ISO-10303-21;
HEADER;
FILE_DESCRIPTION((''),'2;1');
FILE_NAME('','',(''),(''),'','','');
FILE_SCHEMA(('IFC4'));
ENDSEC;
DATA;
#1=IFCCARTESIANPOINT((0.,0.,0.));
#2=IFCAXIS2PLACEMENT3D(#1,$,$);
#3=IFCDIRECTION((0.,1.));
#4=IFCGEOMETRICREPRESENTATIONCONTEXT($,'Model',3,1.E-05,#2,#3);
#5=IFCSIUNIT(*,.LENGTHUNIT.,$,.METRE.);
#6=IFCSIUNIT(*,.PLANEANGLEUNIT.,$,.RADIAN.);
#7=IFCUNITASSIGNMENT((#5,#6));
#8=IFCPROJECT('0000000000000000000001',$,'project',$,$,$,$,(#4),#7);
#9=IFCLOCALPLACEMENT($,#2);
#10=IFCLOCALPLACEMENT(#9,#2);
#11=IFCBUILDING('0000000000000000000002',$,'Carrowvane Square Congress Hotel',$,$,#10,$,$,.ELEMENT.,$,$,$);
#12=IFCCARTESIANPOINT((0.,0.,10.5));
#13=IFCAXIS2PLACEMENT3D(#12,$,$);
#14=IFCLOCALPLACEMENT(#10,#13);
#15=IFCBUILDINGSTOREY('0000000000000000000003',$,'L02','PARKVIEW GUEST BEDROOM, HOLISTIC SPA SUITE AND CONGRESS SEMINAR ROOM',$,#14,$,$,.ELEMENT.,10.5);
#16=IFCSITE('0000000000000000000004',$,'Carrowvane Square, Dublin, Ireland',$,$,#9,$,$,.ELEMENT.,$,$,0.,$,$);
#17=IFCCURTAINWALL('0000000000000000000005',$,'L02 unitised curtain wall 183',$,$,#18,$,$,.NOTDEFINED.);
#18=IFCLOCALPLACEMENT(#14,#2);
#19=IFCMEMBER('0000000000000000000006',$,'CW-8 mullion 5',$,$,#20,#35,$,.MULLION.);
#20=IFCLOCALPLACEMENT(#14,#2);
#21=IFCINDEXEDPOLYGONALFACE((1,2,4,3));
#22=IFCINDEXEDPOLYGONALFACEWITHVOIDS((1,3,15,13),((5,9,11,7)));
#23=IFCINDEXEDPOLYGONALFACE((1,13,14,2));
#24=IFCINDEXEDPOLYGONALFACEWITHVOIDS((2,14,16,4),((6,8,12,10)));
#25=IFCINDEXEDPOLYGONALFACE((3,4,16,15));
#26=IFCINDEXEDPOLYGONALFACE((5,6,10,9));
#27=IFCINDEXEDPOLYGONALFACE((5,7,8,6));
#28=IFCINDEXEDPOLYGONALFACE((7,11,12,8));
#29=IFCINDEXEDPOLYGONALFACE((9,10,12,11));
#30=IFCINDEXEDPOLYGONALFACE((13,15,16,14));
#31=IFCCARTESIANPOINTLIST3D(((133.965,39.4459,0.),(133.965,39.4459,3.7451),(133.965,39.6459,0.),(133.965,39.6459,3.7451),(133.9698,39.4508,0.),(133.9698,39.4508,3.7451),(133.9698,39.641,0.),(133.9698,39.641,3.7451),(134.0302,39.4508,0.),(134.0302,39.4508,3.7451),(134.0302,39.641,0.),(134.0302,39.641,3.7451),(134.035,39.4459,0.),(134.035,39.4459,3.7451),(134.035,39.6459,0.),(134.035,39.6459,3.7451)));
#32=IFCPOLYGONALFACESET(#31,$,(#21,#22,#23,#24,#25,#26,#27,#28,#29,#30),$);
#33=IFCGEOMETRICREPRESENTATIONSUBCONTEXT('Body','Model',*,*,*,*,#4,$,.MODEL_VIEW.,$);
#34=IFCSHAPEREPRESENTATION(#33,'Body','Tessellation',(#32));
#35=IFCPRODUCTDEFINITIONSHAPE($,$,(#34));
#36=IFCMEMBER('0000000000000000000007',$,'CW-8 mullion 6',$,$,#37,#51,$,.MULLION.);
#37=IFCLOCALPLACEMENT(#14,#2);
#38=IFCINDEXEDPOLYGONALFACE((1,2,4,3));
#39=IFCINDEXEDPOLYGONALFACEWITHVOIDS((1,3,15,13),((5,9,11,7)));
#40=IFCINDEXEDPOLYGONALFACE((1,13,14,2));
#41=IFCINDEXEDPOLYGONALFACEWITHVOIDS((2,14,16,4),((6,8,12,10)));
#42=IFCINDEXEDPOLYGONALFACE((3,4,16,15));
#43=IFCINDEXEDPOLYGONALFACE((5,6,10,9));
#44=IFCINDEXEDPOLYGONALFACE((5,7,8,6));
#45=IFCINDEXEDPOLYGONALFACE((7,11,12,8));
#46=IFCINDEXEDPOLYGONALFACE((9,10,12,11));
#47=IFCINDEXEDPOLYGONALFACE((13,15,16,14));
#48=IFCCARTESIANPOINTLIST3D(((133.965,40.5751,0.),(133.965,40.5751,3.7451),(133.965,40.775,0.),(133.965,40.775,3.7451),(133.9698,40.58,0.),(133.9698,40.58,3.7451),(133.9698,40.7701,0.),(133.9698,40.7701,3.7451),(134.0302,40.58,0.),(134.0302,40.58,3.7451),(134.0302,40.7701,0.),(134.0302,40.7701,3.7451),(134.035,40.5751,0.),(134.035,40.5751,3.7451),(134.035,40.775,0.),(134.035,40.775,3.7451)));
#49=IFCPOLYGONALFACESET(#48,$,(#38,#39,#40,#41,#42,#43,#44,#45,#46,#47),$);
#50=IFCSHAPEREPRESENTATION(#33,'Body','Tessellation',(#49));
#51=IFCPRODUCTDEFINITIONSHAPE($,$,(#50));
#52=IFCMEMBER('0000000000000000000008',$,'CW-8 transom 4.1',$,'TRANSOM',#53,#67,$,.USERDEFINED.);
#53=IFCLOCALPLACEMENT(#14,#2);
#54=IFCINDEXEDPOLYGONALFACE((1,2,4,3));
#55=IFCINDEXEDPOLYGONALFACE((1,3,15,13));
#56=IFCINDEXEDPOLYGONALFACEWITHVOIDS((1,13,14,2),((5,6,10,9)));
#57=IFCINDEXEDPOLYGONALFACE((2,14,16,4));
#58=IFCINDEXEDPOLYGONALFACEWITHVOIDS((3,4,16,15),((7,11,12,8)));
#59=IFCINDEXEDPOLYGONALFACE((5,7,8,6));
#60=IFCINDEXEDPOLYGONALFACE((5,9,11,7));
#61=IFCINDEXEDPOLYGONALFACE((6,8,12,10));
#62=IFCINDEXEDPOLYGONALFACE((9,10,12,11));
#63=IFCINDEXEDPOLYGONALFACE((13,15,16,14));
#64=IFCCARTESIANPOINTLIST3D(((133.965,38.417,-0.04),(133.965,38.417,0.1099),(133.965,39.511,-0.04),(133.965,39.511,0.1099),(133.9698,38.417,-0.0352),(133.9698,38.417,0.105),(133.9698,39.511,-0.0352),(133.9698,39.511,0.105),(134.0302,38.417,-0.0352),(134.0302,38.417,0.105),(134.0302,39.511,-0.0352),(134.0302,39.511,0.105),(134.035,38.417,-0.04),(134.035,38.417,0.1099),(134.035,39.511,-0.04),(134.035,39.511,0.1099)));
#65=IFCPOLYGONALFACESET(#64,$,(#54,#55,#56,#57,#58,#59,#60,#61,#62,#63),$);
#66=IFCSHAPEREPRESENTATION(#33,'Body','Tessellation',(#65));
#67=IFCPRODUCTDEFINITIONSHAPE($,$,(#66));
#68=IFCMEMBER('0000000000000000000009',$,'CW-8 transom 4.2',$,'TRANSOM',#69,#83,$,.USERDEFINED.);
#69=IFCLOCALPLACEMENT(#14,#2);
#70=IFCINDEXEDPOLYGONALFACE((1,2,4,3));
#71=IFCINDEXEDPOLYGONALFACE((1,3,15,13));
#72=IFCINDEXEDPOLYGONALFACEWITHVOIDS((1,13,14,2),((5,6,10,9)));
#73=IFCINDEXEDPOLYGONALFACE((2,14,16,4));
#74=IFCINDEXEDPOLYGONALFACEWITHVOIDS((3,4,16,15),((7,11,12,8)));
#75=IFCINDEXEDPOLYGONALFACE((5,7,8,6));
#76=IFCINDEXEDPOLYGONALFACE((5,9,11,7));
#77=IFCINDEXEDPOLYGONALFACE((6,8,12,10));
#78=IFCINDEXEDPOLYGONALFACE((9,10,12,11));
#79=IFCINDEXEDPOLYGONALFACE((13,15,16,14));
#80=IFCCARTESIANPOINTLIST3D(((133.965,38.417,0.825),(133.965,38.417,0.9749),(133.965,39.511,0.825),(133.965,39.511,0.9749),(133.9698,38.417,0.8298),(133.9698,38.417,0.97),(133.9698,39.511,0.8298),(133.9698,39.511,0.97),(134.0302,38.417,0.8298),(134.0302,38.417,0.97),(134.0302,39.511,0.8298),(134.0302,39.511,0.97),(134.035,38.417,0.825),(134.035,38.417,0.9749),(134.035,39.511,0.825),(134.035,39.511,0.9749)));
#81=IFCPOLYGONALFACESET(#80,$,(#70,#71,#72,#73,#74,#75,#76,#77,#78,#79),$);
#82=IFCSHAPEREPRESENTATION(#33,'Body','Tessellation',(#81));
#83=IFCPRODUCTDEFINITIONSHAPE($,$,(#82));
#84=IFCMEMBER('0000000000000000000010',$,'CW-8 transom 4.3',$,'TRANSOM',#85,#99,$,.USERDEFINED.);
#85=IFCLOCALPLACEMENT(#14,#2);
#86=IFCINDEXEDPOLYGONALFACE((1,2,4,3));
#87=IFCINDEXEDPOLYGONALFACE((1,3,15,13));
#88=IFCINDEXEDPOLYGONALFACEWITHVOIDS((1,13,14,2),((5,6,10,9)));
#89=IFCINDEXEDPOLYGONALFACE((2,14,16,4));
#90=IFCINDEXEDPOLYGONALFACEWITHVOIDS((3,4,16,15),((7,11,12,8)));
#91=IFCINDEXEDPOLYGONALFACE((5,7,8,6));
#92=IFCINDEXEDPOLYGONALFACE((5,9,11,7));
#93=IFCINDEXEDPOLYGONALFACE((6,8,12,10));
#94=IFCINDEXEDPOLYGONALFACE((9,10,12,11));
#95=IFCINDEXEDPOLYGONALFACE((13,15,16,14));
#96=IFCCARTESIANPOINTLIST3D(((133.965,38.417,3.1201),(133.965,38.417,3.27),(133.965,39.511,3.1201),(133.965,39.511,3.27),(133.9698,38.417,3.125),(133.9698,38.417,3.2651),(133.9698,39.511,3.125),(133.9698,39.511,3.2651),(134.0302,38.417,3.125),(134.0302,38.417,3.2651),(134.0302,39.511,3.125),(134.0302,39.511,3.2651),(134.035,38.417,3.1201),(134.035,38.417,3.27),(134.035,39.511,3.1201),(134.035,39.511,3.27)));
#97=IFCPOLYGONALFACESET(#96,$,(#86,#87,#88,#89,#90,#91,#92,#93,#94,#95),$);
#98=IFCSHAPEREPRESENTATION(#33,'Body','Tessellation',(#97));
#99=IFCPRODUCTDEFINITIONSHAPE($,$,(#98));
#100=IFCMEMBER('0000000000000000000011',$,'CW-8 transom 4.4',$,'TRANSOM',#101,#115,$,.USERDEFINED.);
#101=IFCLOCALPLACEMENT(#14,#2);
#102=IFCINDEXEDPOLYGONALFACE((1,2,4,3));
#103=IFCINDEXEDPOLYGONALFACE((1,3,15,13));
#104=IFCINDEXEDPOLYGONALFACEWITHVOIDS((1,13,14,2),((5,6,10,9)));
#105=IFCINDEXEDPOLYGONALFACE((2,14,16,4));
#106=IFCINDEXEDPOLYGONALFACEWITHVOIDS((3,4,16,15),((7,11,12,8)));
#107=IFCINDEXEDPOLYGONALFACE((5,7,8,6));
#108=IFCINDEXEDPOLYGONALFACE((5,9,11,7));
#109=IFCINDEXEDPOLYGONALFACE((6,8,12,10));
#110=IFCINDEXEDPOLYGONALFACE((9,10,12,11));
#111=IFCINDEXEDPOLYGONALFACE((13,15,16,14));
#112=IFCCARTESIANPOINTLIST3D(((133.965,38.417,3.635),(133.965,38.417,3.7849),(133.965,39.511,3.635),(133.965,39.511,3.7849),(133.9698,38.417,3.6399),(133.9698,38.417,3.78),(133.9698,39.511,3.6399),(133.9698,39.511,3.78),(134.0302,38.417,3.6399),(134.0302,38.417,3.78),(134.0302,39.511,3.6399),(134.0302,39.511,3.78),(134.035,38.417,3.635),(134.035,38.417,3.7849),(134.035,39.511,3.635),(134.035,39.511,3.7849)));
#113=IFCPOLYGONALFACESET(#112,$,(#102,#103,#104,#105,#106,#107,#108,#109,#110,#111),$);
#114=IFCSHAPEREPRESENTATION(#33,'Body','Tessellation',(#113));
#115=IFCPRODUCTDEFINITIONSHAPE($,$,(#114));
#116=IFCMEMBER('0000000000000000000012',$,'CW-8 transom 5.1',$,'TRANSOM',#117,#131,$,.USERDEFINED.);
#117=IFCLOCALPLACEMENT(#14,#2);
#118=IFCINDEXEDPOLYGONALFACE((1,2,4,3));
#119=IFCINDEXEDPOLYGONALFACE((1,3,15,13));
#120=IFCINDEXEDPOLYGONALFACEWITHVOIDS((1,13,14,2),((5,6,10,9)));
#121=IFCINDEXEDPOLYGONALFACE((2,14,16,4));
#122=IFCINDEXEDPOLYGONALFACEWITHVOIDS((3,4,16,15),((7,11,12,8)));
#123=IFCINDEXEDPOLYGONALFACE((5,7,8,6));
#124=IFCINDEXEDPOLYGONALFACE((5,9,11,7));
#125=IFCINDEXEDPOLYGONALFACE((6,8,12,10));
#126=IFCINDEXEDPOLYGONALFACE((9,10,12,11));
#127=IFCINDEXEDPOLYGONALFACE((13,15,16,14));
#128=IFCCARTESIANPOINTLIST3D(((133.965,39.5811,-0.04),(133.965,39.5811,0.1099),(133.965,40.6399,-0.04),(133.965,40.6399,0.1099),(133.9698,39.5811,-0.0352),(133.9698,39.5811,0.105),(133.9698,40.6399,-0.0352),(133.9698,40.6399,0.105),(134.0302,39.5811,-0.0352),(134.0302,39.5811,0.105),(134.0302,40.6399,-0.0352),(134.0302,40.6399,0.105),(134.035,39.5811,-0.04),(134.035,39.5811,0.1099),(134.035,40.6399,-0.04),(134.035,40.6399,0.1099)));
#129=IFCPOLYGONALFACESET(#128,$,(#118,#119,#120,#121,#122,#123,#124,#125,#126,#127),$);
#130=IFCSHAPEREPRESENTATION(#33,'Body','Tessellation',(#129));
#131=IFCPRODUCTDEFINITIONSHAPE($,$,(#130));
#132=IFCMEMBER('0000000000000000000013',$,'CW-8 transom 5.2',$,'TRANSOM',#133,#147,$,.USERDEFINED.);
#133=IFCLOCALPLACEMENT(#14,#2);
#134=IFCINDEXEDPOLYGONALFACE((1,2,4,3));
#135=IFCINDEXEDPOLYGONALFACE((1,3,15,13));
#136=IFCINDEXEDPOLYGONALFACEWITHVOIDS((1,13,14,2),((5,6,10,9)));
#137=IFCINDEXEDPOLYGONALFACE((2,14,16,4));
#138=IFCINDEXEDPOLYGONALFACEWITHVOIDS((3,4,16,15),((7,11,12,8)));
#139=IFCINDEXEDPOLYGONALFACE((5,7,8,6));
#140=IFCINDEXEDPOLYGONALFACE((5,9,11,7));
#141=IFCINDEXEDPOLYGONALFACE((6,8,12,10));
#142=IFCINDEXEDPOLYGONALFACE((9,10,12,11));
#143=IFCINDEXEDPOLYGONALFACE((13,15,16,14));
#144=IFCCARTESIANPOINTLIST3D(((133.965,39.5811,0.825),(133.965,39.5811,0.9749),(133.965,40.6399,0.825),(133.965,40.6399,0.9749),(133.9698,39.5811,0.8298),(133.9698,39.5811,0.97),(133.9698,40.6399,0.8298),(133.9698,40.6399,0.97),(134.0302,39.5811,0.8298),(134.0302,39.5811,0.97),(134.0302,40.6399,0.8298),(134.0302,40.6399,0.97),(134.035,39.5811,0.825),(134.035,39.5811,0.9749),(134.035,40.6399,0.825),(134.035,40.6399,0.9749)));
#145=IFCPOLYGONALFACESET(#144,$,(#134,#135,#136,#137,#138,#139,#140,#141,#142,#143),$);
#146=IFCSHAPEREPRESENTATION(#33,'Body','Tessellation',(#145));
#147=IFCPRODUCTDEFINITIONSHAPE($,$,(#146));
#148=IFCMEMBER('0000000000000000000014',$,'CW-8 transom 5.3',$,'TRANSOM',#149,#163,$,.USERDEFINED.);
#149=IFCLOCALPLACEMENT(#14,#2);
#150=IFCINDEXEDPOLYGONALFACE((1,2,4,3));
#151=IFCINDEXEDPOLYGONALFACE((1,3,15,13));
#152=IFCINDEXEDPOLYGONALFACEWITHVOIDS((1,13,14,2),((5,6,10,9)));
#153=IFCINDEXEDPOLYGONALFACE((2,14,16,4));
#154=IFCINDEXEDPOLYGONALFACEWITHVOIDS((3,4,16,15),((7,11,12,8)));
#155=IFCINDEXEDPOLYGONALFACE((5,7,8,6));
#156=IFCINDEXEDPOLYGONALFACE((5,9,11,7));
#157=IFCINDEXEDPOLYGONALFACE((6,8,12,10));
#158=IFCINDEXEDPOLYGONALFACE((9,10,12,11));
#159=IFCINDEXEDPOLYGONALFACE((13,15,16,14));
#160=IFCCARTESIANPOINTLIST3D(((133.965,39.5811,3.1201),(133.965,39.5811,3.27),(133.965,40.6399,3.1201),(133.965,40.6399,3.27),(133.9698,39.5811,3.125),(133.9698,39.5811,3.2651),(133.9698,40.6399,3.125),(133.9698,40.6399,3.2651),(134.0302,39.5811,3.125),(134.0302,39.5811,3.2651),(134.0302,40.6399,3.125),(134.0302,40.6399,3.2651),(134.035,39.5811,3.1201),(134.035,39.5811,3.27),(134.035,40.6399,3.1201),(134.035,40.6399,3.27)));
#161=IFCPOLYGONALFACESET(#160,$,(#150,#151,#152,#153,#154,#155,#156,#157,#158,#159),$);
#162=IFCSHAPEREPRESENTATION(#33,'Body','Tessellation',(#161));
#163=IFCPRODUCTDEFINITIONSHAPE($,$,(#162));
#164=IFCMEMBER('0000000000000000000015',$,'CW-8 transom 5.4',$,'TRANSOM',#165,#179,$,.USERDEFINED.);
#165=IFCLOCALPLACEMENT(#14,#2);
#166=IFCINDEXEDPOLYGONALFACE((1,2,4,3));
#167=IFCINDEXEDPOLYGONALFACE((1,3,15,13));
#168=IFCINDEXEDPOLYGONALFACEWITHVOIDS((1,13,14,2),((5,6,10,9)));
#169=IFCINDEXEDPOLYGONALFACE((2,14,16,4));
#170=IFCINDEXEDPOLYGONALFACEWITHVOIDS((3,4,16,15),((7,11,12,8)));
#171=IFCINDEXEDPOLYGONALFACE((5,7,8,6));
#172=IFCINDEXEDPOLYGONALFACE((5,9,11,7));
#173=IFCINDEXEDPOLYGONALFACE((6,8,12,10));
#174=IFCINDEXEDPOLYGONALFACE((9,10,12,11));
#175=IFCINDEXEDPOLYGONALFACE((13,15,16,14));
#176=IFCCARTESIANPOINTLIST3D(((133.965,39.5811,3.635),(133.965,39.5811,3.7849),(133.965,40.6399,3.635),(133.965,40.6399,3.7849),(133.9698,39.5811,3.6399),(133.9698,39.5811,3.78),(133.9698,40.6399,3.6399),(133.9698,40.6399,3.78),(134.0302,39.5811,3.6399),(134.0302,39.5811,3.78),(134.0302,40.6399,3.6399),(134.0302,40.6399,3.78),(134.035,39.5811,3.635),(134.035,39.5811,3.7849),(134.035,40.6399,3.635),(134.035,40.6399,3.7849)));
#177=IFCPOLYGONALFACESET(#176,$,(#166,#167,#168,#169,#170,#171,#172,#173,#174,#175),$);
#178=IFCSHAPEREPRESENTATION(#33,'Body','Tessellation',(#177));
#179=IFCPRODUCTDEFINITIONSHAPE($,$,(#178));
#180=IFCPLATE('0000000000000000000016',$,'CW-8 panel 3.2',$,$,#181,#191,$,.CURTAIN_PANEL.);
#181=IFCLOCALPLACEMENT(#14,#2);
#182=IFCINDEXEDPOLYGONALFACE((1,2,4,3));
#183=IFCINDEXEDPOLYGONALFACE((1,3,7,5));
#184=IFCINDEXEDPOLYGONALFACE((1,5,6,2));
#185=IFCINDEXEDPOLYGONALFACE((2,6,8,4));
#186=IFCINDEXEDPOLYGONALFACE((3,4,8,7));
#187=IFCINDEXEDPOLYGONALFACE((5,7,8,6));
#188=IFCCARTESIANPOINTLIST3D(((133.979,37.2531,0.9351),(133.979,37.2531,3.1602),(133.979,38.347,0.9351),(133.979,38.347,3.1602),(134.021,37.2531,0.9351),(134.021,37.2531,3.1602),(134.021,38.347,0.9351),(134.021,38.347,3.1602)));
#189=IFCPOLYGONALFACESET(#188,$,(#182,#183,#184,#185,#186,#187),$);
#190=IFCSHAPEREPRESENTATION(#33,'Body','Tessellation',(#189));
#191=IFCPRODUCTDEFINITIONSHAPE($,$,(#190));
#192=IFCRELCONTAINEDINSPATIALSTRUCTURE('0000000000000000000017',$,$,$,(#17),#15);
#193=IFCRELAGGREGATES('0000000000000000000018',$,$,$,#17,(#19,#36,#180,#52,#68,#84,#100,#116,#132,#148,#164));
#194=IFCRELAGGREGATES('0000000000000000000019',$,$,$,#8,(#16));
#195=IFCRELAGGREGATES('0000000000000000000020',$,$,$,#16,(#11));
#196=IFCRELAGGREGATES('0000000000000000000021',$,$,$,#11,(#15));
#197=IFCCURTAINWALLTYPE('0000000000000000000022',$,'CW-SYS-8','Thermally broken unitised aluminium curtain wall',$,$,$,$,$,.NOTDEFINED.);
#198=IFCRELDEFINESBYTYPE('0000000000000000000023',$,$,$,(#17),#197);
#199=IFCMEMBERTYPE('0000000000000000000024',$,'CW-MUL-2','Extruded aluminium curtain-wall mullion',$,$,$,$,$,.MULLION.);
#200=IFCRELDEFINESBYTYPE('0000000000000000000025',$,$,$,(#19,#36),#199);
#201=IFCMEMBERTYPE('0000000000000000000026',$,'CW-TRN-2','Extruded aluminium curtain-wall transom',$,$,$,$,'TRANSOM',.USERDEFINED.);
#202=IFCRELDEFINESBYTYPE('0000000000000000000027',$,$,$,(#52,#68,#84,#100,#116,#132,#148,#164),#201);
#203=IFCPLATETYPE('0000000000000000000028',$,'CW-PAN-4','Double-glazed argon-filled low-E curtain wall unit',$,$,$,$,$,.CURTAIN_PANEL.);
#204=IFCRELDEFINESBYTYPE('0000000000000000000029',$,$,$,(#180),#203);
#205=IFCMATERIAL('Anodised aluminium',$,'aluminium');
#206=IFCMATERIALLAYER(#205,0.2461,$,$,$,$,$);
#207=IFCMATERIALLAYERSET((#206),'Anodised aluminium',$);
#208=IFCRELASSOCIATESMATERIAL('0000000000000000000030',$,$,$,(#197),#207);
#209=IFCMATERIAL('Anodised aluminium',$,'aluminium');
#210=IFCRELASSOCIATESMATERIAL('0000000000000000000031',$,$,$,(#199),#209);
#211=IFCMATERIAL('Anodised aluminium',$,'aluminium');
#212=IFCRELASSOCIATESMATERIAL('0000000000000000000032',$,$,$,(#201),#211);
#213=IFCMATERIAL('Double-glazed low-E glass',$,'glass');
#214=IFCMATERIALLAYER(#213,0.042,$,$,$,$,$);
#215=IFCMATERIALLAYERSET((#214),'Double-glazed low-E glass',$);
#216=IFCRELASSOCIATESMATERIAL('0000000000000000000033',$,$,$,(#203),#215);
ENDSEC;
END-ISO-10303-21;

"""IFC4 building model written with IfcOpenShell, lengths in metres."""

from ifc_helpers import new_model, si_unit, direction, frame, origin, origin_2d, place, context, subcontext, project, spatial, rectangle, hollow_rectangle, extrude, material, layer, layer_set, material_profile, profile_set, type_object, element, aggregate, save


model = new_model("IFC4")

# Units and contexts
model_context = context("Model", 3, precision=1e-05, world=origin(), true_north=direction((0.0, 1.0)))
body_context = subcontext(model_context, "Body", "Model", "MODEL_VIEW")
ifc_project = project(units=[si_unit("LENGTHUNIT", "METRE"), si_unit("PLANEANGLEUNIT", "RADIAN")], contexts=[model_context])

# Site, building, storey
site_placement = place(None, origin())
site = spatial("IfcSite", under=ifc_project, at=site_placement, Name="Carrowvane Square, Dublin, Ireland", CompositionType="ELEMENT", RefElevation=0.0)
building_placement = place(site_placement, origin())
building = spatial("IfcBuilding", under=site, at=building_placement, Name="Carrowvane Square Congress Hotel", CompositionType="ELEMENT")
storey_placement = place(building_placement, frame((0.0, 0.0, 10.5)))
storey = spatial("IfcBuildingStorey", under=building, at=storey_placement, Name="L02", Description="PARKVIEW GUEST BEDROOM, HOLISTIC SPA SUITE AND CONGRESS SEMINAR ROOM", CompositionType="ELEMENT", Elevation=10.5)

# Curtain wall, members, plate
ifc_material_1 = material(Name="Anodised aluminium", Category="aluminium")
ifc_layer_1 = layer(ifc_material_1, 0.2461)
ifc_layer_set_1 = layer_set([ifc_layer_1], Name="Anodised aluminium")
curtain_wall_type = type_object("IfcCurtainWallType", Name="CW-SYS-8", Description="Thermally broken unitised aluminium curtain wall", PredefinedType="NOTDEFINED", material=ifc_layer_set_1)
curtain_wall_placement = place(storey_placement, origin())
curtain_wall = element("IfcCurtainWall", 1, at=curtain_wall_placement, inside=storey, type_object=curtain_wall_type, Name="L02 unitised curtain wall 183", PredefinedType="NOTDEFINED")
ifc_material_2 = material(Name="Anodised aluminium", Category="aluminium")
ifc_material_profile_1 = material_profile(ifc_material_2, hollow_rectangle(XDim=0.0701, YDim=0.2, WallThickness=0.0049, at=origin_2d()), Name="CW-ML 70x200x5")
ifc_profile_set_1 = profile_set([ifc_material_profile_1], Name="Anodised aluminium")
member_type_1 = type_object("IfcMemberType", Name="CW-MUL-2", Description="Extruded aluminium curtain-wall mullion", PredefinedType="MULLION", material=ifc_profile_set_1)
member_1_placement = place(storey_placement, frame((134.0, 39.5459, 0.0), z_axis=(0.0, 0.0, 1.0), x_axis=(-1.0, 0.0, 0.0)))
member_1 = element("IfcMember", 2, at=member_1_placement, type_object=member_type_1, Name="CW-8 mullion 5", PredefinedType="MULLION", context=body_context, shape_type="SweptSolid", body=[
    extrude(hollow_rectangle(XDim=0.0701, YDim=0.2, WallThickness=0.0049, at=origin_2d()), origin(), (0.0, 0.0, 1.0), 3.7451),
])
member_2_placement = place(storey_placement, frame((134.0, 40.675, 0.0), z_axis=(0.0, 0.0, 1.0), x_axis=(-1.0, 0.0, 0.0)))
member_2 = element("IfcMember", 3, at=member_2_placement, type_object=member_type_1, Name="CW-8 mullion 6", PredefinedType="MULLION", context=body_context, shape_type="SweptSolid", body=[
    extrude(hollow_rectangle(XDim=0.0701, YDim=0.2, WallThickness=0.0049, at=origin_2d()), origin(), (0.0, 0.0, 1.0), 3.7451),
])
ifc_material_3 = material(Name="Anodised aluminium", Category="aluminium")
ifc_material_profile_2 = material_profile(ifc_material_3, hollow_rectangle(XDim=0.0701, YDim=0.1499, WallThickness=0.0049, at=origin_2d()), Name="CW-TR 70x150x5")
ifc_profile_set_2 = profile_set([ifc_material_profile_2], Name="Anodised aluminium")
member_type_2 = type_object("IfcMemberType", Name="CW-TRN-2", Description="Extruded aluminium curtain-wall transom", ElementType="TRANSOM", PredefinedType="USERDEFINED", material=ifc_profile_set_2)
member_3_placement = place(storey_placement, frame((134.0, 38.417, 0.0349), z_axis=(0.0, 1.0, 0.0), x_axis=(-1.0, 0.0, 0.0)))
member_3 = element("IfcMember", 4, at=member_3_placement, type_object=member_type_2, Name="CW-8 transom 4.1", ObjectType="TRANSOM", PredefinedType="USERDEFINED", context=body_context, shape_type="SweptSolid", body=[
    extrude(hollow_rectangle(XDim=0.0701, YDim=0.1499, WallThickness=0.0049, at=origin_2d()), origin(), (0.0, 0.0, 1.0), 1.094),
])
member_4_placement = place(storey_placement, frame((134.0, 38.417, 0.8999), z_axis=(0.0, 1.0, 0.0), x_axis=(-1.0, 0.0, 0.0)))
member_4 = element("IfcMember", 5, at=member_4_placement, type_object=member_type_2, Name="CW-8 transom 4.2", ObjectType="TRANSOM", PredefinedType="USERDEFINED", context=body_context, shape_type="SweptSolid", body=[
    extrude(hollow_rectangle(XDim=0.0701, YDim=0.1499, WallThickness=0.0049, at=origin_2d()), origin(), (0.0, 0.0, 1.0), 1.094),
])
member_5_placement = place(storey_placement, frame((134.0, 38.417, 3.1951), z_axis=(0.0, 1.0, 0.0), x_axis=(-1.0, 0.0, 0.0)))
member_5 = element("IfcMember", 6, at=member_5_placement, type_object=member_type_2, Name="CW-8 transom 4.3", ObjectType="TRANSOM", PredefinedType="USERDEFINED", context=body_context, shape_type="SweptSolid", body=[
    extrude(hollow_rectangle(XDim=0.0701, YDim=0.1499, WallThickness=0.0049, at=origin_2d()), origin(), (0.0, 0.0, 1.0), 1.094),
])
member_6_placement = place(storey_placement, frame((134.0, 38.417, 3.71), z_axis=(0.0, 1.0, 0.0), x_axis=(-1.0, 0.0, 0.0)))
member_6 = element("IfcMember", 7, at=member_6_placement, type_object=member_type_2, Name="CW-8 transom 4.4", ObjectType="TRANSOM", PredefinedType="USERDEFINED", context=body_context, shape_type="SweptSolid", body=[
    extrude(hollow_rectangle(XDim=0.0701, YDim=0.1499, WallThickness=0.0049, at=origin_2d()), origin(), (0.0, 0.0, 1.0), 1.094),
])
member_7_placement = place(storey_placement, frame((134.0, 39.5811, 0.0349), z_axis=(0.0, 1.0, 0.0), x_axis=(-1.0, 0.0, 0.0)))
member_7 = element("IfcMember", 8, at=member_7_placement, type_object=member_type_2, Name="CW-8 transom 5.1", ObjectType="TRANSOM", PredefinedType="USERDEFINED", context=body_context, shape_type="SweptSolid", body=[
    extrude(hollow_rectangle(XDim=0.0701, YDim=0.1499, WallThickness=0.0049, at=origin_2d()), origin(), (0.0, 0.0, 1.0), 1.0588),
])
member_8_placement = place(storey_placement, frame((134.0, 39.5811, 0.8999), z_axis=(0.0, 1.0, 0.0), x_axis=(-1.0, 0.0, 0.0)))
member_8 = element("IfcMember", 9, at=member_8_placement, type_object=member_type_2, Name="CW-8 transom 5.2", ObjectType="TRANSOM", PredefinedType="USERDEFINED", context=body_context, shape_type="SweptSolid", body=[
    extrude(hollow_rectangle(XDim=0.0701, YDim=0.1499, WallThickness=0.0049, at=origin_2d()), origin(), (0.0, 0.0, 1.0), 1.0588),
])
member_9_placement = place(storey_placement, frame((134.0, 39.5811, 3.1951), z_axis=(0.0, 1.0, 0.0), x_axis=(-1.0, 0.0, 0.0)))
member_9 = element("IfcMember", 10, at=member_9_placement, type_object=member_type_2, Name="CW-8 transom 5.3", ObjectType="TRANSOM", PredefinedType="USERDEFINED", context=body_context, shape_type="SweptSolid", body=[
    extrude(hollow_rectangle(XDim=0.0701, YDim=0.1499, WallThickness=0.0049, at=origin_2d()), origin(), (0.0, 0.0, 1.0), 1.0588),
])
member_10_placement = place(storey_placement, frame((134.0, 39.5811, 3.71), z_axis=(0.0, 1.0, 0.0), x_axis=(-1.0, 0.0, 0.0)))
member_10 = element("IfcMember", 11, at=member_10_placement, type_object=member_type_2, Name="CW-8 transom 5.4", ObjectType="TRANSOM", PredefinedType="USERDEFINED", context=body_context, shape_type="SweptSolid", body=[
    extrude(hollow_rectangle(XDim=0.0701, YDim=0.1499, WallThickness=0.0049, at=origin_2d()), origin(), (0.0, 0.0, 1.0), 1.0588),
])
ifc_material_4 = material(Name="Double-glazed low-E glass", Category="glass")
ifc_layer_2 = layer(ifc_material_4, 0.042)
ifc_layer_set_2 = layer_set([ifc_layer_2], Name="Double-glazed low-E glass")
plate_type = type_object("IfcPlateType", Name="CW-PAN-4", Description="Double-glazed argon-filled low-E curtain wall unit", PredefinedType="CURTAIN_PANEL", material=ifc_layer_set_2)
plate_1_placement = place(storey_placement, frame((134.0, 37.8, 0.9351), z_axis=(0.0, 0.0, 1.0), x_axis=(0.0, 1.0, 0.0)))
plate_1 = element("IfcPlate", 12, at=plate_1_placement, type_object=plate_type, Name="CW-8 panel 3.2", PredefinedType="CURTAIN_PANEL", context=body_context, shape_type="SweptSolid", body=[
    extrude(rectangle(XDim=1.094, YDim=0.042, at=origin_2d()), origin(), (0.0, 0.0, 1.0), 2.2251),
])
aggregate(curtain_wall, [member_1, member_2, plate_1, member_3, member_4, member_5, member_6, member_7, member_8, member_9, member_10])

save(model, "model.ifc")
